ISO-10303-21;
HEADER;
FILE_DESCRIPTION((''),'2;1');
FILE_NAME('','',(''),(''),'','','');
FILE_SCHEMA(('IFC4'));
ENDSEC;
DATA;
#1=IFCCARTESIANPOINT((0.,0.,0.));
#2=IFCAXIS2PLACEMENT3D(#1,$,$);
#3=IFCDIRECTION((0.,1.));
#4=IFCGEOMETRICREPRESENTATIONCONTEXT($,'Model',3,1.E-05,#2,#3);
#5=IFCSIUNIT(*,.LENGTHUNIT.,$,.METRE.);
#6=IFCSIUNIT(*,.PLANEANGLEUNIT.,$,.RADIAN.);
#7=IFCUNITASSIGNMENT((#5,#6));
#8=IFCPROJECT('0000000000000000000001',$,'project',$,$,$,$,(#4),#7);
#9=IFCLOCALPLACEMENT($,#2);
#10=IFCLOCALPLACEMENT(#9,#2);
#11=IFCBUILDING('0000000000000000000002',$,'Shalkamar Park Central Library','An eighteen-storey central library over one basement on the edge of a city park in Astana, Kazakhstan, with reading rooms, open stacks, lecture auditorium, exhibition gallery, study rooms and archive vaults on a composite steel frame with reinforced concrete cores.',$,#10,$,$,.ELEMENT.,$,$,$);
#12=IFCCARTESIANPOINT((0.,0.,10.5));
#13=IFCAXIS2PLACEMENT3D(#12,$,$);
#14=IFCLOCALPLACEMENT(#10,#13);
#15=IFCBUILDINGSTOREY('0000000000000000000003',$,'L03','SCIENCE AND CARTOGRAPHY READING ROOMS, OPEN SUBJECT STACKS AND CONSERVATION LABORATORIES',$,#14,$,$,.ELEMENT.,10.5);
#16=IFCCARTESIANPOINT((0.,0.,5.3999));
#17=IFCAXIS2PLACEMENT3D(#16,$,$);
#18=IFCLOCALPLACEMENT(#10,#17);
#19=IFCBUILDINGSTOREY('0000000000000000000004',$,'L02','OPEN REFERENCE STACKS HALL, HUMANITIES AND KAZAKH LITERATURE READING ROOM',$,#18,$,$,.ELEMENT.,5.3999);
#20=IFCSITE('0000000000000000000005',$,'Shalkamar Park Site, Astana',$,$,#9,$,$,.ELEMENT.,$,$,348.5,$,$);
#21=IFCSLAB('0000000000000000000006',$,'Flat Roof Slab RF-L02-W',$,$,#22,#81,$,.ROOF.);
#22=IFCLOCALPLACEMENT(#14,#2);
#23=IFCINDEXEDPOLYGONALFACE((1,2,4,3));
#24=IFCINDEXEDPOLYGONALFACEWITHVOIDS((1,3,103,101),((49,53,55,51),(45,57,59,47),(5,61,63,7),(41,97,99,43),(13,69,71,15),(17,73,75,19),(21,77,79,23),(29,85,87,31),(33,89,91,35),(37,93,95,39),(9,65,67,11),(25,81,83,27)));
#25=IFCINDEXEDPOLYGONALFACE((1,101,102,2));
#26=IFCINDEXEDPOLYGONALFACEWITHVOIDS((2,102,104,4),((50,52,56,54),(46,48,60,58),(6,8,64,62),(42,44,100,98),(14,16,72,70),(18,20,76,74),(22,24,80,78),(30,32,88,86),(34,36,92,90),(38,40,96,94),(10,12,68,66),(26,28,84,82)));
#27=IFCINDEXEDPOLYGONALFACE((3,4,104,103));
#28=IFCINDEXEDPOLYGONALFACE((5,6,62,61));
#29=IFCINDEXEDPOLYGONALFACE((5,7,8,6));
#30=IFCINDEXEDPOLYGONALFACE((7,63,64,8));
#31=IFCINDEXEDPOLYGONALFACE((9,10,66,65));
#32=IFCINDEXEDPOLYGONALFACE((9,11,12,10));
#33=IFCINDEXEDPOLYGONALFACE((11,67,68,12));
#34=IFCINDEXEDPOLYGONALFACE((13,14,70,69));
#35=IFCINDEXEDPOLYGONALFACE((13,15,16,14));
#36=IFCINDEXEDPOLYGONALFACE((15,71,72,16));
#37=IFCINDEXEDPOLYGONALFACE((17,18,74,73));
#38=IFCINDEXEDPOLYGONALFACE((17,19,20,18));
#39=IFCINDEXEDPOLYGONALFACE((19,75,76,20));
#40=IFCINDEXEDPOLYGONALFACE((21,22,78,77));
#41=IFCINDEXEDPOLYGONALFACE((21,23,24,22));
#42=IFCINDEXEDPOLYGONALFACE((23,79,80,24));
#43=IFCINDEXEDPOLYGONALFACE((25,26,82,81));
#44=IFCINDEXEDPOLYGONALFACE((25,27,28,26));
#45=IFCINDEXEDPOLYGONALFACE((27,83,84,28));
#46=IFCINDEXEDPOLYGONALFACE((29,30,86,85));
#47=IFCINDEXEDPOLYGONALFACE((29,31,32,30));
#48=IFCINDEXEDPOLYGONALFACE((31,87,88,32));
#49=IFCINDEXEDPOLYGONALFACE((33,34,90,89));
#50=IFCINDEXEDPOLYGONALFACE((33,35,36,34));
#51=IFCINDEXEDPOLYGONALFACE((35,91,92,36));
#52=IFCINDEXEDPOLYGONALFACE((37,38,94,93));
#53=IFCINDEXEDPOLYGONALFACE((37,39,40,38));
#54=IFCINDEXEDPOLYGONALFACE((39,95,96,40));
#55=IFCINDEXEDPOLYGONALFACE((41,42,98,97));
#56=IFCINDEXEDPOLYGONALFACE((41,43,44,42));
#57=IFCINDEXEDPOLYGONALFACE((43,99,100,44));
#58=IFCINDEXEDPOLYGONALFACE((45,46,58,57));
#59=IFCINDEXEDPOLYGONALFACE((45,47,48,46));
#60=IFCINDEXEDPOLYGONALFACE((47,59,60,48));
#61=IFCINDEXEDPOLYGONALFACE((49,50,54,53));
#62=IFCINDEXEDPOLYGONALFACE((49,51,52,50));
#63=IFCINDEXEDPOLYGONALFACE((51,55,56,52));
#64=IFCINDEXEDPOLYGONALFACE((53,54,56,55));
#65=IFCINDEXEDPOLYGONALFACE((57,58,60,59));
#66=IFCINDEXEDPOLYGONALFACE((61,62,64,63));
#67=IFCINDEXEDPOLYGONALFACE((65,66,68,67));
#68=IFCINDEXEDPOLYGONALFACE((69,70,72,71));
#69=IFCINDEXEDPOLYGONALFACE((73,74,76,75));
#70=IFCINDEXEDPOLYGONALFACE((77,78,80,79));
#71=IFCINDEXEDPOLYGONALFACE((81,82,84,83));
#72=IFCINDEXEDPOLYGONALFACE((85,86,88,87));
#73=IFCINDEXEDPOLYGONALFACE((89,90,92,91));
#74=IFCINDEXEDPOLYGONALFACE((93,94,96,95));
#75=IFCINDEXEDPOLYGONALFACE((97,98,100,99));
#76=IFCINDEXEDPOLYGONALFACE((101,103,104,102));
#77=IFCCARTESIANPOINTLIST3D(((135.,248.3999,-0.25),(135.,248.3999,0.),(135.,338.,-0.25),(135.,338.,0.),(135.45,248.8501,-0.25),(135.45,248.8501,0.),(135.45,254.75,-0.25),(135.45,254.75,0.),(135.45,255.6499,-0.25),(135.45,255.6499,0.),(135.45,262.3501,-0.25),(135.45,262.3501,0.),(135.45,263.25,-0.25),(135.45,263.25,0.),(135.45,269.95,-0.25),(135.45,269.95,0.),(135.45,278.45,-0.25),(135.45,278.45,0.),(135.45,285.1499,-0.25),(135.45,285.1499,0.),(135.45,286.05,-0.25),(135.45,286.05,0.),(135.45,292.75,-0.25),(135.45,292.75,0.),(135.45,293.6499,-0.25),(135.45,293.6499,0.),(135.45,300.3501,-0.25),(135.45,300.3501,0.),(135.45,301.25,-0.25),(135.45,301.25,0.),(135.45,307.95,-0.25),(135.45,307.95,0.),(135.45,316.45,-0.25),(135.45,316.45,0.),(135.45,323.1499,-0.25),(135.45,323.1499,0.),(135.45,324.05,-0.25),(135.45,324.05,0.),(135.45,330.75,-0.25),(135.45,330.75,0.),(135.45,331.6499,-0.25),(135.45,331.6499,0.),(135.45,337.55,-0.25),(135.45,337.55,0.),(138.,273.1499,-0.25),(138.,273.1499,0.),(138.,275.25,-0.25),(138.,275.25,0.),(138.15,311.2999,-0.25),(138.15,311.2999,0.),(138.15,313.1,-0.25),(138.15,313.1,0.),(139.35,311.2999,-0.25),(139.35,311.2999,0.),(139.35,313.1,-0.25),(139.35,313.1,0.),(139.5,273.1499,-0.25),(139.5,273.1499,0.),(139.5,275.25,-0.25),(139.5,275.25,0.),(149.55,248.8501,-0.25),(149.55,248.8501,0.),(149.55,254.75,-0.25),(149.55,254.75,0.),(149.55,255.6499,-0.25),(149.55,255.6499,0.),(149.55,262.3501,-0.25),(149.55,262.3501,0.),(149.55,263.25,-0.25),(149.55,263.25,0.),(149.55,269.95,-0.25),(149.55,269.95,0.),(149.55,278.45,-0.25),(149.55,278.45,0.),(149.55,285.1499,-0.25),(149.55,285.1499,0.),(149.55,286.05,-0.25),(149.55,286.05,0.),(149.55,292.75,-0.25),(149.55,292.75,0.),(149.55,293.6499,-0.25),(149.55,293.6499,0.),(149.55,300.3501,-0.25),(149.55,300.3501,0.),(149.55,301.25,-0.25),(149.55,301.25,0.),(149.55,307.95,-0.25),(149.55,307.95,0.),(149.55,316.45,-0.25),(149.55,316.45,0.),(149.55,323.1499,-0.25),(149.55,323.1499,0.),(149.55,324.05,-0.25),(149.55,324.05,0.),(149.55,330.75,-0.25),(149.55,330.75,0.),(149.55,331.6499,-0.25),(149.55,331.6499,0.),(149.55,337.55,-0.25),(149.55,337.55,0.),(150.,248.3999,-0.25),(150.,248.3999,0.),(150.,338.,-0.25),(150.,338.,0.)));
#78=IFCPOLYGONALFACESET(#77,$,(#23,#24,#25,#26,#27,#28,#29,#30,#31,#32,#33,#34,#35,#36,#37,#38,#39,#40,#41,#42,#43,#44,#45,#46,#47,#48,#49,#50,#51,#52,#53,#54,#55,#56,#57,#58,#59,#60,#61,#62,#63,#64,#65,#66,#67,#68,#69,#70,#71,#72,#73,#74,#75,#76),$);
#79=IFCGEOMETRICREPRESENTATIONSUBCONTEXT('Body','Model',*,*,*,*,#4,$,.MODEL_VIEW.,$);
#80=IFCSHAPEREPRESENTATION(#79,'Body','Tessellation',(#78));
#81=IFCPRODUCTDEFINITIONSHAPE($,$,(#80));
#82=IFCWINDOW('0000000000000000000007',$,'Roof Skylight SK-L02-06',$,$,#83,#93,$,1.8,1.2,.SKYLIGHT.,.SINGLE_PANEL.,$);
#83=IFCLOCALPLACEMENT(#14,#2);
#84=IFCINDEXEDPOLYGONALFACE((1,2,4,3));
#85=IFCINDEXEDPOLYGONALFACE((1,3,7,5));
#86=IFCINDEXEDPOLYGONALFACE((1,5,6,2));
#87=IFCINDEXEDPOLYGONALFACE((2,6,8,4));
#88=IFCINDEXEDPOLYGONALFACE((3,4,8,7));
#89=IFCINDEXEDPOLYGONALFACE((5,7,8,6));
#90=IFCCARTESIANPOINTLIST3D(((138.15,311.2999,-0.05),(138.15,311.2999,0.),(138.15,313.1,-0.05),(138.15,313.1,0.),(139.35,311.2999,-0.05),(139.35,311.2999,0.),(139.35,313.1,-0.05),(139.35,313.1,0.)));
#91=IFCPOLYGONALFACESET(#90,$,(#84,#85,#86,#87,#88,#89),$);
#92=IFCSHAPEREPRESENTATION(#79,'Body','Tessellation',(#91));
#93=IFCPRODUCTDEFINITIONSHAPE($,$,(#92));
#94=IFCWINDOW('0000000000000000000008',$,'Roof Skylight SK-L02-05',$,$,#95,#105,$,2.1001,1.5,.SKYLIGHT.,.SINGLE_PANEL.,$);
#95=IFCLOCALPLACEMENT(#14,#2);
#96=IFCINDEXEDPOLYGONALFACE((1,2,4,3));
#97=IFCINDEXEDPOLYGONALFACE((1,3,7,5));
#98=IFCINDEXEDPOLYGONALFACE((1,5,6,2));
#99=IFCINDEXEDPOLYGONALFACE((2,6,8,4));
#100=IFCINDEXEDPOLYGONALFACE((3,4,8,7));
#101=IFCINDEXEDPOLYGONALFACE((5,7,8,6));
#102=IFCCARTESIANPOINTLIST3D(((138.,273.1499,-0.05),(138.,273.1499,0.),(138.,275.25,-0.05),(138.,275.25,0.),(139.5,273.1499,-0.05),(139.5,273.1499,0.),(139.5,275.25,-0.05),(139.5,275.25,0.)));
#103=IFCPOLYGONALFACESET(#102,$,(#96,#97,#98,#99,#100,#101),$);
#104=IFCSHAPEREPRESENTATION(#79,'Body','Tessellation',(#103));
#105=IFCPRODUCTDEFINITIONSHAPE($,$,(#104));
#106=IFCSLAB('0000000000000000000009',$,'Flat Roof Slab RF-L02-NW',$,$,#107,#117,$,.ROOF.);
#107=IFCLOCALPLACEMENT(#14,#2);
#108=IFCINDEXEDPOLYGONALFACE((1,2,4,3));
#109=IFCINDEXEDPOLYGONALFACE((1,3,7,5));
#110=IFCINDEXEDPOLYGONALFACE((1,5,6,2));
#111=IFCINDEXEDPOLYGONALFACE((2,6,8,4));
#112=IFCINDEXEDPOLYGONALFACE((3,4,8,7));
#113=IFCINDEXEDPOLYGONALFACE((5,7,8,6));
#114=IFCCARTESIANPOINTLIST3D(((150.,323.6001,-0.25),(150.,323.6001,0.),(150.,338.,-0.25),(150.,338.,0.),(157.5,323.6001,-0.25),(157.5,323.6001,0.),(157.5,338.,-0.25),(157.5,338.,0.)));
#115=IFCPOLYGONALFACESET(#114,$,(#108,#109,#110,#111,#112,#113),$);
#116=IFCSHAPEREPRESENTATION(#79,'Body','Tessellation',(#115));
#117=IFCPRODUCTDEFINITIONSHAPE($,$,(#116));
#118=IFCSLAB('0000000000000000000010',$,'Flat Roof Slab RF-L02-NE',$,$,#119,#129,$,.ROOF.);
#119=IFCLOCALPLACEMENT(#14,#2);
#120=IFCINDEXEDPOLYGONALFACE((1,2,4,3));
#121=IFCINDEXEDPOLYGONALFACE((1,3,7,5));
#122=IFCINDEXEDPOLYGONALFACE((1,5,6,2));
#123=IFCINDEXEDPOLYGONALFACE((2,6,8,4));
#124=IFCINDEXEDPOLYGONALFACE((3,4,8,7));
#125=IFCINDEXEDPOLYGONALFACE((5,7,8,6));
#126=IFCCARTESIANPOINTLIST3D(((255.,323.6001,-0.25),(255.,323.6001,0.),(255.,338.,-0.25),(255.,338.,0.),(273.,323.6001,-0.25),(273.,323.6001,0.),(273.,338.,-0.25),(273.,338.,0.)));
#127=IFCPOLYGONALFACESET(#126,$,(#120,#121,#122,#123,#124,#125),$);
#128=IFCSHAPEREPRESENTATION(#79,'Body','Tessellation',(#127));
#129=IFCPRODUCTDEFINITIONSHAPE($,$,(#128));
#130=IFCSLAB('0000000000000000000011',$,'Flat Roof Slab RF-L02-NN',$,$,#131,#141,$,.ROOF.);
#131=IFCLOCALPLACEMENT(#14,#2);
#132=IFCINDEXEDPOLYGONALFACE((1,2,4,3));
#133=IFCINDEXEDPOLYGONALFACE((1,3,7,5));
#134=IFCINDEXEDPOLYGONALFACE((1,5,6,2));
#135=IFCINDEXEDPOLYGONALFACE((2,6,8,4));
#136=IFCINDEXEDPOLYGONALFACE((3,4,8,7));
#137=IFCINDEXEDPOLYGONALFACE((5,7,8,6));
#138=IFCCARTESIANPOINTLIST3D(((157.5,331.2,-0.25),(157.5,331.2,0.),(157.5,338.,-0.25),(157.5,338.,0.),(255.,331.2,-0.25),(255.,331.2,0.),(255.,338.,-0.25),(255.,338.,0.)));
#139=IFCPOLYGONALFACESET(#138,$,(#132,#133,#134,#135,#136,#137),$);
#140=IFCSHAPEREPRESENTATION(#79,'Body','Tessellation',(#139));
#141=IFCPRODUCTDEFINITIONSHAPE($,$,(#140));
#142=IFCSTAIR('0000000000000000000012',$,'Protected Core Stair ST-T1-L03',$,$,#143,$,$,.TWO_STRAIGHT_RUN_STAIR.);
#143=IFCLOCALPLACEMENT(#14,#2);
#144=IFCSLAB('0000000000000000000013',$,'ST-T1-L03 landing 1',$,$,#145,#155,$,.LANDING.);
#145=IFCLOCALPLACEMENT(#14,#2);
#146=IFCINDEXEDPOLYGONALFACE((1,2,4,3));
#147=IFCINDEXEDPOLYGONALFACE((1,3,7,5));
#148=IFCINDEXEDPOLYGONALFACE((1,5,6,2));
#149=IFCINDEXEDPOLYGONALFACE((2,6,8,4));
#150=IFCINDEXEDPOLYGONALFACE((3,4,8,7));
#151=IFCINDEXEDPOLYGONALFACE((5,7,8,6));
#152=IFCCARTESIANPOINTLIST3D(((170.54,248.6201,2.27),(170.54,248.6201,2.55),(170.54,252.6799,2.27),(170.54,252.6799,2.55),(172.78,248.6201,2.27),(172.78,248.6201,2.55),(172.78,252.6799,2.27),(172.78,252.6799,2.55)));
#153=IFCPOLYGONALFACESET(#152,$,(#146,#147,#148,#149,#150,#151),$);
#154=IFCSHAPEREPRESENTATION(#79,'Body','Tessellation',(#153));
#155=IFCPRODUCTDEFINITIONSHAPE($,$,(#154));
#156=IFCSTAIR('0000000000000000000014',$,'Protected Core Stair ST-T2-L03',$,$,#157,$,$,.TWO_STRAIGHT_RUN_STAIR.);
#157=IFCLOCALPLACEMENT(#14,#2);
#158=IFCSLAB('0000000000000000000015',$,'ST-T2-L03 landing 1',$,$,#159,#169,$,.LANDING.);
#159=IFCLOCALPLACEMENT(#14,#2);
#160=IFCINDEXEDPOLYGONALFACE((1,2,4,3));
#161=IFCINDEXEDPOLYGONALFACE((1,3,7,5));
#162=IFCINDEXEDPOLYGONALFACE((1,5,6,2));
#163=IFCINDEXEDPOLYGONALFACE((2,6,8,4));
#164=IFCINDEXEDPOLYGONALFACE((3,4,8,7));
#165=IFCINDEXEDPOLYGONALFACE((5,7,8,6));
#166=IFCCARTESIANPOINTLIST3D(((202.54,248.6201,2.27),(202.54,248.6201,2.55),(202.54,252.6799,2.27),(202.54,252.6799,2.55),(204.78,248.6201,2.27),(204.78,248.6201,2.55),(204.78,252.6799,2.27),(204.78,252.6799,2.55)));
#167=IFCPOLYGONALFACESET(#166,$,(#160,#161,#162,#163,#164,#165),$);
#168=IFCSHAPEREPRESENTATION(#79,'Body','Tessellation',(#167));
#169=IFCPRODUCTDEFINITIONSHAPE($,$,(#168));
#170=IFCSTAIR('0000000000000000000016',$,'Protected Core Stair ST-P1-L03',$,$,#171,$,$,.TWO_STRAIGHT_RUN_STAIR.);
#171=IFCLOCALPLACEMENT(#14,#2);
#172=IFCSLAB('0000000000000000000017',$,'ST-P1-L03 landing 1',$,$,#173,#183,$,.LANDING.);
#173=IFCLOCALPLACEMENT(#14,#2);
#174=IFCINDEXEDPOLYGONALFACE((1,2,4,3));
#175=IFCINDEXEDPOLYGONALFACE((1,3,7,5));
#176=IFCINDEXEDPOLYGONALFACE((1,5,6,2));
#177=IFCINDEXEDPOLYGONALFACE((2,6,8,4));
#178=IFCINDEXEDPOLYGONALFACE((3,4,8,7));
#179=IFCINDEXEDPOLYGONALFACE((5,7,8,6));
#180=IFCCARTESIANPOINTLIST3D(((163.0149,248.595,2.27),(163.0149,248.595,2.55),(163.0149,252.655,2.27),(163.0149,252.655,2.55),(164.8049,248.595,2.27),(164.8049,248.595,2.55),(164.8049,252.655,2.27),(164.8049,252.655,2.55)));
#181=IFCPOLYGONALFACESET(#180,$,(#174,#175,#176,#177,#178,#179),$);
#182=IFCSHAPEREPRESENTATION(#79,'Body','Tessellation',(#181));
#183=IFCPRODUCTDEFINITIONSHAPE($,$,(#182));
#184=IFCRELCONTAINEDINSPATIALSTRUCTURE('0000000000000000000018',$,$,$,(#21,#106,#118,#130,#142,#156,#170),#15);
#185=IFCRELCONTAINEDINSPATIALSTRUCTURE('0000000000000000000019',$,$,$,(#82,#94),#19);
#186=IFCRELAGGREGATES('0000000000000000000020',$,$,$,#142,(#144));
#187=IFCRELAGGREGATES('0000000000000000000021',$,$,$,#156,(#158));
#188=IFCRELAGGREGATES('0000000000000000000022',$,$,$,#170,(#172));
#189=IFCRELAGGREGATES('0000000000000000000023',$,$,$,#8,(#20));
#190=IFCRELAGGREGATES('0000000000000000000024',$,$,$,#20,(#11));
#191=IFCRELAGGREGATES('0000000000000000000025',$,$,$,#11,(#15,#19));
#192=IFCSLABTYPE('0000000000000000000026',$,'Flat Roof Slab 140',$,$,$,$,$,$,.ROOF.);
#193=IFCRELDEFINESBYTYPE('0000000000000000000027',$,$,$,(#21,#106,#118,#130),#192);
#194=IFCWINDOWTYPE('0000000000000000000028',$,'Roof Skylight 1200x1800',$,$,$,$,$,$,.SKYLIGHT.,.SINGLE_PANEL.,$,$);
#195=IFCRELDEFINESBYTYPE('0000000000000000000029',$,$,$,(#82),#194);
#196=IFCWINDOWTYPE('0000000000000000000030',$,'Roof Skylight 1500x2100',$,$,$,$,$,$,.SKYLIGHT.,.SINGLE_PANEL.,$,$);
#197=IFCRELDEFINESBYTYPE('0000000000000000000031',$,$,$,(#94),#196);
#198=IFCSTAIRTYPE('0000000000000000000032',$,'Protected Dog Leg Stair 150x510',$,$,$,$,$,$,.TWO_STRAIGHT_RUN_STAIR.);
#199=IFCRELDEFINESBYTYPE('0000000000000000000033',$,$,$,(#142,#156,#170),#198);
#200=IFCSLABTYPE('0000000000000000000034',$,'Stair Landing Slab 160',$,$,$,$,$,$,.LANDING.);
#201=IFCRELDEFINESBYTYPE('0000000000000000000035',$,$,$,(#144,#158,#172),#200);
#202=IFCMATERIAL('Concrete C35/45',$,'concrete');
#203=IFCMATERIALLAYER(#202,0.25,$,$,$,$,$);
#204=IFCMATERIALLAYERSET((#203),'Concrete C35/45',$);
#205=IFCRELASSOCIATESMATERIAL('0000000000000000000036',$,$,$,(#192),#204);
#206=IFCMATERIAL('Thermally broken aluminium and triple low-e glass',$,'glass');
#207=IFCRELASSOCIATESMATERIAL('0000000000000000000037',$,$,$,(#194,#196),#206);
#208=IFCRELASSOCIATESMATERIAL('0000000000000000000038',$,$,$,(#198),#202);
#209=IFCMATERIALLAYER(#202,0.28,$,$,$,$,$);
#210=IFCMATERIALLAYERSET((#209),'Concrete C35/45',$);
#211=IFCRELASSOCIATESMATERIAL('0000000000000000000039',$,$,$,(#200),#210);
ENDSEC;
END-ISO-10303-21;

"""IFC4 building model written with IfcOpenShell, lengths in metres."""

from ifc_helpers import new_model, si_unit, direction, frame, origin, origin_2d, place, context, subcontext, project, spatial, polyline, rectangle, outline, extrude, material, layer, layer_set, type_object, element, fill, aggregate, save


model = new_model("IFC4")

# Units and contexts
model_context = context("Model", 3, precision=1e-05, world=origin(), true_north=direction((0.0, 1.0)))
body_context = subcontext(model_context, "Body", "Model", "MODEL_VIEW")
ifc_project = project(units=[si_unit("LENGTHUNIT", "METRE"), si_unit("PLANEANGLEUNIT", "RADIAN")], contexts=[model_context])

# Site, building, storey
site_placement = place(None, origin())
site = spatial("IfcSite", under=ifc_project, at=site_placement, Name="Shalkamar Park Site, Astana", CompositionType="ELEMENT", RefElevation=348.5)
building_placement = place(site_placement, origin())
building = spatial("IfcBuilding", under=site, at=building_placement, Name="Shalkamar Park Central Library", Description="An eighteen-storey central library over one basement on the edge of a city park in Astana, Kazakhstan, with reading rooms, open stacks, lecture auditorium, exhibition gallery, study rooms and archive vaults on a composite steel frame with reinforced concrete cores.", CompositionType="ELEMENT")
storey_1_placement = place(building_placement, frame((0.0, 0.0, 10.5)))
storey_1 = spatial("IfcBuildingStorey", under=building, at=storey_1_placement, Name="L03", Description="SCIENCE AND CARTOGRAPHY READING ROOMS, OPEN SUBJECT STACKS AND CONSERVATION LABORATORIES", CompositionType="ELEMENT", Elevation=10.5)

# Slab, openings
ifc_material_1 = material(Name="Concrete C35/45", Category="concrete")
ifc_layer_1 = layer(ifc_material_1, 0.25)
ifc_layer_set_1 = layer_set([ifc_layer_1], Name="Concrete C35/45")
slab_type_1 = type_object("IfcSlabType", Name="Flat Roof Slab 140", PredefinedType="ROOF", material=ifc_layer_set_1)
slab_1_placement = place(storey_1_placement, frame((0.0, 0.0, -0.25)))
slab_1 = element("IfcSlab", 1, at=slab_1_placement, inside=storey_1, type_object=slab_type_1, Name="Flat Roof Slab RF-L02-W", PredefinedType="ROOF", context=body_context, shape_type="SweptSolid", body=[
    extrude(outline(polyline([(135.0, 248.3999), (150.0, 248.3999), (150.0, 338.0), (135.0, 338.0), (135.0, 248.3999)]), holes=[polyline([(135.45, 248.8501), (149.55, 248.8501), (149.55, 254.75), (135.45, 254.75), (135.45, 248.8501)]), polyline([(135.45, 255.6499), (149.55, 255.6499), (149.55, 262.3501), (135.45, 262.3501), (135.45, 255.6499)]), polyline([(135.45, 263.25), (149.55, 263.25), (149.55, 269.95), (135.45, 269.95), (135.45, 263.25)]), polyline([(135.45, 278.45), (149.55, 278.45), (149.55, 285.1499), (135.45, 285.1499), (135.45, 278.45)]), polyline([(135.45, 286.05), (149.55, 286.05), (149.55, 292.75), (135.45, 292.75), (135.45, 286.05)]), polyline([(135.45, 293.6499), (149.55, 293.6499), (149.55, 300.3501), (135.45, 300.3501), (135.45, 293.6499)]), polyline([(135.45, 301.25), (149.55, 301.25), (149.55, 307.95), (135.45, 307.95), (135.45, 301.25)]), polyline([(135.45, 316.45), (149.55, 316.45), (149.55, 323.1499), (135.45, 323.1499), (135.45, 316.45)]), polyline([(135.45, 324.05), (149.55, 324.05), (149.55, 330.75), (135.45, 330.75), (135.45, 324.05)]), polyline([(135.45, 331.6499), (149.55, 331.6499), (149.55, 337.55), (135.45, 337.55), (135.45, 331.6499)])]), origin(), (0.0, 0.0, 1.0), 0.25),
])
opening_1_placement = place(slab_1_placement, frame((138.75, 274.2, -0.01)))
opening_1 = element("IfcOpeningElement", 2, at=opening_1_placement, cuts=slab_1, PredefinedType="OPENING", context=body_context, shape_type="SweptSolid", body=[
    extrude(rectangle(XDim=1.5, YDim=2.1001, at=origin_2d()), origin(), (0.0, 0.0, 1.0), 0.27),
])
opening_2_placement = place(slab_1_placement, frame((138.75, 312.2, -0.01)))
opening_2 = element("IfcOpeningElement", 3, at=opening_2_placement, cuts=slab_1, PredefinedType="OPENING", context=body_context, shape_type="SweptSolid", body=[
    extrude(rectangle(XDim=1.2, YDim=1.8, at=origin_2d()), origin(), (0.0, 0.0, 1.0), 0.27),
])

# Shared definitions
storey_2_placement = place(building_placement, frame((0.0, 0.0, 5.3999)))
storey_2 = spatial("IfcBuildingStorey", under=building, at=storey_2_placement, Name="L02", Description="OPEN REFERENCE STACKS HALL, HUMANITIES AND KAZAKH LITERATURE READING ROOM", CompositionType="ELEMENT", Elevation=5.3999)

# Windows
ifc_material_2 = material(Name="Thermally broken aluminium and triple low-e glass", Category="glass")
window_type_1 = type_object("IfcWindowType", Name="Roof Skylight 1200x1800", PartitioningType="SINGLE_PANEL", PredefinedType="SKYLIGHT", material=ifc_material_2)
window_1_placement = place(opening_2_placement, frame((0.0, 0.0, 0.21)))
window_1 = element("IfcWindow", 4, at=window_1_placement, inside=storey_2, type_object=window_type_1, Name="Roof Skylight SK-L02-06", OverallHeight=1.8, OverallWidth=1.2, PartitioningType="SINGLE_PANEL", PredefinedType="SKYLIGHT", context=body_context, shape_type="SweptSolid", body=[
    extrude(rectangle(XDim=1.2, YDim=1.8, at=origin_2d()), origin(), (0.0, 0.0, 1.0), 0.05),
])
fill(opening_2, window_1)
window_type_2 = type_object("IfcWindowType", Name="Roof Skylight 1500x2100", PartitioningType="SINGLE_PANEL", PredefinedType="SKYLIGHT", material=ifc_material_2)
window_2_placement = place(opening_1_placement, frame((0.0, 0.0, 0.21)))
window_2 = element("IfcWindow", 5, at=window_2_placement, inside=storey_2, type_object=window_type_2, Name="Roof Skylight SK-L02-05", OverallHeight=2.1001, OverallWidth=1.5, PartitioningType="SINGLE_PANEL", PredefinedType="SKYLIGHT", context=body_context, shape_type="SweptSolid", body=[
    extrude(rectangle(XDim=1.5, YDim=2.1001, at=origin_2d()), origin(), (0.0, 0.0, 1.0), 0.05),
])
fill(opening_1, window_2)

# Slabs
slab_2_placement = place(storey_1_placement, frame((0.0, 0.0, -0.25)))
element("IfcSlab", 6, at=slab_2_placement, inside=storey_1, type_object=slab_type_1, Name="Flat Roof Slab RF-L02-NW", PredefinedType="ROOF", context=body_context, shape_type="SweptSolid", body=[
    extrude(outline(polyline([(150.0, 323.6001), (157.5, 323.6001), (157.5, 338.0), (150.0, 338.0), (150.0, 323.6001)])), origin(), (0.0, 0.0, 1.0), 0.25),
])
slab_3_placement = place(storey_1_placement, frame((0.0, 0.0, -0.25)))
element("IfcSlab", 7, at=slab_3_placement, inside=storey_1, type_object=slab_type_1, Name="Flat Roof Slab RF-L02-NE", PredefinedType="ROOF", context=body_context, shape_type="SweptSolid", body=[
    extrude(outline(polyline([(255.0, 323.6001), (273.0, 323.6001), (273.0, 338.0), (255.0, 338.0), (255.0, 323.6001)])), origin(), (0.0, 0.0, 1.0), 0.25),
])
slab_4_placement = place(storey_1_placement, frame((0.0, 0.0, -0.25)))
element("IfcSlab", 8, at=slab_4_placement, inside=storey_1, type_object=slab_type_1, Name="Flat Roof Slab RF-L02-NN", PredefinedType="ROOF", context=body_context, shape_type="SweptSolid", body=[
    extrude(outline(polyline([(157.5, 331.2), (255.0, 331.2), (255.0, 338.0), (157.5, 338.0), (157.5, 331.2)])), origin(), (0.0, 0.0, 1.0), 0.25),
])

# Stairs, slabs
stair_type_1 = type_object("IfcStairType", Name="Protected Dog Leg Stair 150x510", PredefinedType="TWO_STRAIGHT_RUN_STAIR", material=ifc_material_1)
stair_1_placement = place(storey_1_placement, origin())
stair_1 = element("IfcStair", 9, at=stair_1_placement, inside=storey_1, type_object=stair_type_1, Name="Protected Core Stair ST-T1-L03", PredefinedType="TWO_STRAIGHT_RUN_STAIR")
ifc_layer_2 = layer(ifc_material_1, 0.28)
ifc_layer_set_2 = layer_set([ifc_layer_2], Name="Concrete C35/45")
slab_type_2 = type_object("IfcSlabType", Name="Stair Landing Slab 160", PredefinedType="LANDING", material=ifc_layer_set_2)
slab_5_placement = place(storey_1_placement, frame((0.0, 0.0, 2.27)))
slab_5 = element("IfcSlab", 10, at=slab_5_placement, type_object=slab_type_2, Name="ST-T1-L03 landing 1", PredefinedType="LANDING", context=body_context, shape_type="SweptSolid", body=[
    extrude(outline(polyline([(170.54, 248.6201), (172.78, 248.6201), (172.78, 252.6799), (170.54, 252.6799), (170.54, 248.6201)])), origin(), (0.0, 0.0, 1.0), 0.28),
])
aggregate(stair_1, [slab_5])
stair_2_placement = place(storey_1_placement, origin())
stair_2 = element("IfcStair", 11, at=stair_2_placement, inside=storey_1, type_object=stair_type_1, Name="Protected Core Stair ST-T2-L03", PredefinedType="TWO_STRAIGHT_RUN_STAIR")
slab_6_placement = place(storey_1_placement, frame((0.0, 0.0, 2.27)))
slab_6 = element("IfcSlab", 12, at=slab_6_placement, type_object=slab_type_2, Name="ST-T2-L03 landing 1", PredefinedType="LANDING", context=body_context, shape_type="SweptSolid", body=[
    extrude(outline(polyline([(202.54, 248.6201), (204.78, 248.6201), (204.78, 252.6799), (202.54, 252.6799), (202.54, 248.6201)])), origin(), (0.0, 0.0, 1.0), 0.28),
])
aggregate(stair_2, [slab_6])
stair_3_placement = place(storey_1_placement, origin())
stair_3 = element("IfcStair", 13, at=stair_3_placement, inside=storey_1, type_object=stair_type_1, Name="Protected Core Stair ST-P1-L03", PredefinedType="TWO_STRAIGHT_RUN_STAIR")
slab_7_placement = place(storey_1_placement, frame((0.0, 0.0, 2.27)))
slab_7 = element("IfcSlab", 14, at=slab_7_placement, type_object=slab_type_2, Name="ST-P1-L03 landing 1", PredefinedType="LANDING", context=body_context, shape_type="SweptSolid", body=[
    extrude(outline(polyline([(163.0149, 248.595), (164.8049, 248.595), (164.8049, 252.655), (163.0149, 252.655), (163.0149, 248.595)])), origin(), (0.0, 0.0, 1.0), 0.28),
])
aggregate(stair_3, [slab_7])

save(model, "model.ifc")
